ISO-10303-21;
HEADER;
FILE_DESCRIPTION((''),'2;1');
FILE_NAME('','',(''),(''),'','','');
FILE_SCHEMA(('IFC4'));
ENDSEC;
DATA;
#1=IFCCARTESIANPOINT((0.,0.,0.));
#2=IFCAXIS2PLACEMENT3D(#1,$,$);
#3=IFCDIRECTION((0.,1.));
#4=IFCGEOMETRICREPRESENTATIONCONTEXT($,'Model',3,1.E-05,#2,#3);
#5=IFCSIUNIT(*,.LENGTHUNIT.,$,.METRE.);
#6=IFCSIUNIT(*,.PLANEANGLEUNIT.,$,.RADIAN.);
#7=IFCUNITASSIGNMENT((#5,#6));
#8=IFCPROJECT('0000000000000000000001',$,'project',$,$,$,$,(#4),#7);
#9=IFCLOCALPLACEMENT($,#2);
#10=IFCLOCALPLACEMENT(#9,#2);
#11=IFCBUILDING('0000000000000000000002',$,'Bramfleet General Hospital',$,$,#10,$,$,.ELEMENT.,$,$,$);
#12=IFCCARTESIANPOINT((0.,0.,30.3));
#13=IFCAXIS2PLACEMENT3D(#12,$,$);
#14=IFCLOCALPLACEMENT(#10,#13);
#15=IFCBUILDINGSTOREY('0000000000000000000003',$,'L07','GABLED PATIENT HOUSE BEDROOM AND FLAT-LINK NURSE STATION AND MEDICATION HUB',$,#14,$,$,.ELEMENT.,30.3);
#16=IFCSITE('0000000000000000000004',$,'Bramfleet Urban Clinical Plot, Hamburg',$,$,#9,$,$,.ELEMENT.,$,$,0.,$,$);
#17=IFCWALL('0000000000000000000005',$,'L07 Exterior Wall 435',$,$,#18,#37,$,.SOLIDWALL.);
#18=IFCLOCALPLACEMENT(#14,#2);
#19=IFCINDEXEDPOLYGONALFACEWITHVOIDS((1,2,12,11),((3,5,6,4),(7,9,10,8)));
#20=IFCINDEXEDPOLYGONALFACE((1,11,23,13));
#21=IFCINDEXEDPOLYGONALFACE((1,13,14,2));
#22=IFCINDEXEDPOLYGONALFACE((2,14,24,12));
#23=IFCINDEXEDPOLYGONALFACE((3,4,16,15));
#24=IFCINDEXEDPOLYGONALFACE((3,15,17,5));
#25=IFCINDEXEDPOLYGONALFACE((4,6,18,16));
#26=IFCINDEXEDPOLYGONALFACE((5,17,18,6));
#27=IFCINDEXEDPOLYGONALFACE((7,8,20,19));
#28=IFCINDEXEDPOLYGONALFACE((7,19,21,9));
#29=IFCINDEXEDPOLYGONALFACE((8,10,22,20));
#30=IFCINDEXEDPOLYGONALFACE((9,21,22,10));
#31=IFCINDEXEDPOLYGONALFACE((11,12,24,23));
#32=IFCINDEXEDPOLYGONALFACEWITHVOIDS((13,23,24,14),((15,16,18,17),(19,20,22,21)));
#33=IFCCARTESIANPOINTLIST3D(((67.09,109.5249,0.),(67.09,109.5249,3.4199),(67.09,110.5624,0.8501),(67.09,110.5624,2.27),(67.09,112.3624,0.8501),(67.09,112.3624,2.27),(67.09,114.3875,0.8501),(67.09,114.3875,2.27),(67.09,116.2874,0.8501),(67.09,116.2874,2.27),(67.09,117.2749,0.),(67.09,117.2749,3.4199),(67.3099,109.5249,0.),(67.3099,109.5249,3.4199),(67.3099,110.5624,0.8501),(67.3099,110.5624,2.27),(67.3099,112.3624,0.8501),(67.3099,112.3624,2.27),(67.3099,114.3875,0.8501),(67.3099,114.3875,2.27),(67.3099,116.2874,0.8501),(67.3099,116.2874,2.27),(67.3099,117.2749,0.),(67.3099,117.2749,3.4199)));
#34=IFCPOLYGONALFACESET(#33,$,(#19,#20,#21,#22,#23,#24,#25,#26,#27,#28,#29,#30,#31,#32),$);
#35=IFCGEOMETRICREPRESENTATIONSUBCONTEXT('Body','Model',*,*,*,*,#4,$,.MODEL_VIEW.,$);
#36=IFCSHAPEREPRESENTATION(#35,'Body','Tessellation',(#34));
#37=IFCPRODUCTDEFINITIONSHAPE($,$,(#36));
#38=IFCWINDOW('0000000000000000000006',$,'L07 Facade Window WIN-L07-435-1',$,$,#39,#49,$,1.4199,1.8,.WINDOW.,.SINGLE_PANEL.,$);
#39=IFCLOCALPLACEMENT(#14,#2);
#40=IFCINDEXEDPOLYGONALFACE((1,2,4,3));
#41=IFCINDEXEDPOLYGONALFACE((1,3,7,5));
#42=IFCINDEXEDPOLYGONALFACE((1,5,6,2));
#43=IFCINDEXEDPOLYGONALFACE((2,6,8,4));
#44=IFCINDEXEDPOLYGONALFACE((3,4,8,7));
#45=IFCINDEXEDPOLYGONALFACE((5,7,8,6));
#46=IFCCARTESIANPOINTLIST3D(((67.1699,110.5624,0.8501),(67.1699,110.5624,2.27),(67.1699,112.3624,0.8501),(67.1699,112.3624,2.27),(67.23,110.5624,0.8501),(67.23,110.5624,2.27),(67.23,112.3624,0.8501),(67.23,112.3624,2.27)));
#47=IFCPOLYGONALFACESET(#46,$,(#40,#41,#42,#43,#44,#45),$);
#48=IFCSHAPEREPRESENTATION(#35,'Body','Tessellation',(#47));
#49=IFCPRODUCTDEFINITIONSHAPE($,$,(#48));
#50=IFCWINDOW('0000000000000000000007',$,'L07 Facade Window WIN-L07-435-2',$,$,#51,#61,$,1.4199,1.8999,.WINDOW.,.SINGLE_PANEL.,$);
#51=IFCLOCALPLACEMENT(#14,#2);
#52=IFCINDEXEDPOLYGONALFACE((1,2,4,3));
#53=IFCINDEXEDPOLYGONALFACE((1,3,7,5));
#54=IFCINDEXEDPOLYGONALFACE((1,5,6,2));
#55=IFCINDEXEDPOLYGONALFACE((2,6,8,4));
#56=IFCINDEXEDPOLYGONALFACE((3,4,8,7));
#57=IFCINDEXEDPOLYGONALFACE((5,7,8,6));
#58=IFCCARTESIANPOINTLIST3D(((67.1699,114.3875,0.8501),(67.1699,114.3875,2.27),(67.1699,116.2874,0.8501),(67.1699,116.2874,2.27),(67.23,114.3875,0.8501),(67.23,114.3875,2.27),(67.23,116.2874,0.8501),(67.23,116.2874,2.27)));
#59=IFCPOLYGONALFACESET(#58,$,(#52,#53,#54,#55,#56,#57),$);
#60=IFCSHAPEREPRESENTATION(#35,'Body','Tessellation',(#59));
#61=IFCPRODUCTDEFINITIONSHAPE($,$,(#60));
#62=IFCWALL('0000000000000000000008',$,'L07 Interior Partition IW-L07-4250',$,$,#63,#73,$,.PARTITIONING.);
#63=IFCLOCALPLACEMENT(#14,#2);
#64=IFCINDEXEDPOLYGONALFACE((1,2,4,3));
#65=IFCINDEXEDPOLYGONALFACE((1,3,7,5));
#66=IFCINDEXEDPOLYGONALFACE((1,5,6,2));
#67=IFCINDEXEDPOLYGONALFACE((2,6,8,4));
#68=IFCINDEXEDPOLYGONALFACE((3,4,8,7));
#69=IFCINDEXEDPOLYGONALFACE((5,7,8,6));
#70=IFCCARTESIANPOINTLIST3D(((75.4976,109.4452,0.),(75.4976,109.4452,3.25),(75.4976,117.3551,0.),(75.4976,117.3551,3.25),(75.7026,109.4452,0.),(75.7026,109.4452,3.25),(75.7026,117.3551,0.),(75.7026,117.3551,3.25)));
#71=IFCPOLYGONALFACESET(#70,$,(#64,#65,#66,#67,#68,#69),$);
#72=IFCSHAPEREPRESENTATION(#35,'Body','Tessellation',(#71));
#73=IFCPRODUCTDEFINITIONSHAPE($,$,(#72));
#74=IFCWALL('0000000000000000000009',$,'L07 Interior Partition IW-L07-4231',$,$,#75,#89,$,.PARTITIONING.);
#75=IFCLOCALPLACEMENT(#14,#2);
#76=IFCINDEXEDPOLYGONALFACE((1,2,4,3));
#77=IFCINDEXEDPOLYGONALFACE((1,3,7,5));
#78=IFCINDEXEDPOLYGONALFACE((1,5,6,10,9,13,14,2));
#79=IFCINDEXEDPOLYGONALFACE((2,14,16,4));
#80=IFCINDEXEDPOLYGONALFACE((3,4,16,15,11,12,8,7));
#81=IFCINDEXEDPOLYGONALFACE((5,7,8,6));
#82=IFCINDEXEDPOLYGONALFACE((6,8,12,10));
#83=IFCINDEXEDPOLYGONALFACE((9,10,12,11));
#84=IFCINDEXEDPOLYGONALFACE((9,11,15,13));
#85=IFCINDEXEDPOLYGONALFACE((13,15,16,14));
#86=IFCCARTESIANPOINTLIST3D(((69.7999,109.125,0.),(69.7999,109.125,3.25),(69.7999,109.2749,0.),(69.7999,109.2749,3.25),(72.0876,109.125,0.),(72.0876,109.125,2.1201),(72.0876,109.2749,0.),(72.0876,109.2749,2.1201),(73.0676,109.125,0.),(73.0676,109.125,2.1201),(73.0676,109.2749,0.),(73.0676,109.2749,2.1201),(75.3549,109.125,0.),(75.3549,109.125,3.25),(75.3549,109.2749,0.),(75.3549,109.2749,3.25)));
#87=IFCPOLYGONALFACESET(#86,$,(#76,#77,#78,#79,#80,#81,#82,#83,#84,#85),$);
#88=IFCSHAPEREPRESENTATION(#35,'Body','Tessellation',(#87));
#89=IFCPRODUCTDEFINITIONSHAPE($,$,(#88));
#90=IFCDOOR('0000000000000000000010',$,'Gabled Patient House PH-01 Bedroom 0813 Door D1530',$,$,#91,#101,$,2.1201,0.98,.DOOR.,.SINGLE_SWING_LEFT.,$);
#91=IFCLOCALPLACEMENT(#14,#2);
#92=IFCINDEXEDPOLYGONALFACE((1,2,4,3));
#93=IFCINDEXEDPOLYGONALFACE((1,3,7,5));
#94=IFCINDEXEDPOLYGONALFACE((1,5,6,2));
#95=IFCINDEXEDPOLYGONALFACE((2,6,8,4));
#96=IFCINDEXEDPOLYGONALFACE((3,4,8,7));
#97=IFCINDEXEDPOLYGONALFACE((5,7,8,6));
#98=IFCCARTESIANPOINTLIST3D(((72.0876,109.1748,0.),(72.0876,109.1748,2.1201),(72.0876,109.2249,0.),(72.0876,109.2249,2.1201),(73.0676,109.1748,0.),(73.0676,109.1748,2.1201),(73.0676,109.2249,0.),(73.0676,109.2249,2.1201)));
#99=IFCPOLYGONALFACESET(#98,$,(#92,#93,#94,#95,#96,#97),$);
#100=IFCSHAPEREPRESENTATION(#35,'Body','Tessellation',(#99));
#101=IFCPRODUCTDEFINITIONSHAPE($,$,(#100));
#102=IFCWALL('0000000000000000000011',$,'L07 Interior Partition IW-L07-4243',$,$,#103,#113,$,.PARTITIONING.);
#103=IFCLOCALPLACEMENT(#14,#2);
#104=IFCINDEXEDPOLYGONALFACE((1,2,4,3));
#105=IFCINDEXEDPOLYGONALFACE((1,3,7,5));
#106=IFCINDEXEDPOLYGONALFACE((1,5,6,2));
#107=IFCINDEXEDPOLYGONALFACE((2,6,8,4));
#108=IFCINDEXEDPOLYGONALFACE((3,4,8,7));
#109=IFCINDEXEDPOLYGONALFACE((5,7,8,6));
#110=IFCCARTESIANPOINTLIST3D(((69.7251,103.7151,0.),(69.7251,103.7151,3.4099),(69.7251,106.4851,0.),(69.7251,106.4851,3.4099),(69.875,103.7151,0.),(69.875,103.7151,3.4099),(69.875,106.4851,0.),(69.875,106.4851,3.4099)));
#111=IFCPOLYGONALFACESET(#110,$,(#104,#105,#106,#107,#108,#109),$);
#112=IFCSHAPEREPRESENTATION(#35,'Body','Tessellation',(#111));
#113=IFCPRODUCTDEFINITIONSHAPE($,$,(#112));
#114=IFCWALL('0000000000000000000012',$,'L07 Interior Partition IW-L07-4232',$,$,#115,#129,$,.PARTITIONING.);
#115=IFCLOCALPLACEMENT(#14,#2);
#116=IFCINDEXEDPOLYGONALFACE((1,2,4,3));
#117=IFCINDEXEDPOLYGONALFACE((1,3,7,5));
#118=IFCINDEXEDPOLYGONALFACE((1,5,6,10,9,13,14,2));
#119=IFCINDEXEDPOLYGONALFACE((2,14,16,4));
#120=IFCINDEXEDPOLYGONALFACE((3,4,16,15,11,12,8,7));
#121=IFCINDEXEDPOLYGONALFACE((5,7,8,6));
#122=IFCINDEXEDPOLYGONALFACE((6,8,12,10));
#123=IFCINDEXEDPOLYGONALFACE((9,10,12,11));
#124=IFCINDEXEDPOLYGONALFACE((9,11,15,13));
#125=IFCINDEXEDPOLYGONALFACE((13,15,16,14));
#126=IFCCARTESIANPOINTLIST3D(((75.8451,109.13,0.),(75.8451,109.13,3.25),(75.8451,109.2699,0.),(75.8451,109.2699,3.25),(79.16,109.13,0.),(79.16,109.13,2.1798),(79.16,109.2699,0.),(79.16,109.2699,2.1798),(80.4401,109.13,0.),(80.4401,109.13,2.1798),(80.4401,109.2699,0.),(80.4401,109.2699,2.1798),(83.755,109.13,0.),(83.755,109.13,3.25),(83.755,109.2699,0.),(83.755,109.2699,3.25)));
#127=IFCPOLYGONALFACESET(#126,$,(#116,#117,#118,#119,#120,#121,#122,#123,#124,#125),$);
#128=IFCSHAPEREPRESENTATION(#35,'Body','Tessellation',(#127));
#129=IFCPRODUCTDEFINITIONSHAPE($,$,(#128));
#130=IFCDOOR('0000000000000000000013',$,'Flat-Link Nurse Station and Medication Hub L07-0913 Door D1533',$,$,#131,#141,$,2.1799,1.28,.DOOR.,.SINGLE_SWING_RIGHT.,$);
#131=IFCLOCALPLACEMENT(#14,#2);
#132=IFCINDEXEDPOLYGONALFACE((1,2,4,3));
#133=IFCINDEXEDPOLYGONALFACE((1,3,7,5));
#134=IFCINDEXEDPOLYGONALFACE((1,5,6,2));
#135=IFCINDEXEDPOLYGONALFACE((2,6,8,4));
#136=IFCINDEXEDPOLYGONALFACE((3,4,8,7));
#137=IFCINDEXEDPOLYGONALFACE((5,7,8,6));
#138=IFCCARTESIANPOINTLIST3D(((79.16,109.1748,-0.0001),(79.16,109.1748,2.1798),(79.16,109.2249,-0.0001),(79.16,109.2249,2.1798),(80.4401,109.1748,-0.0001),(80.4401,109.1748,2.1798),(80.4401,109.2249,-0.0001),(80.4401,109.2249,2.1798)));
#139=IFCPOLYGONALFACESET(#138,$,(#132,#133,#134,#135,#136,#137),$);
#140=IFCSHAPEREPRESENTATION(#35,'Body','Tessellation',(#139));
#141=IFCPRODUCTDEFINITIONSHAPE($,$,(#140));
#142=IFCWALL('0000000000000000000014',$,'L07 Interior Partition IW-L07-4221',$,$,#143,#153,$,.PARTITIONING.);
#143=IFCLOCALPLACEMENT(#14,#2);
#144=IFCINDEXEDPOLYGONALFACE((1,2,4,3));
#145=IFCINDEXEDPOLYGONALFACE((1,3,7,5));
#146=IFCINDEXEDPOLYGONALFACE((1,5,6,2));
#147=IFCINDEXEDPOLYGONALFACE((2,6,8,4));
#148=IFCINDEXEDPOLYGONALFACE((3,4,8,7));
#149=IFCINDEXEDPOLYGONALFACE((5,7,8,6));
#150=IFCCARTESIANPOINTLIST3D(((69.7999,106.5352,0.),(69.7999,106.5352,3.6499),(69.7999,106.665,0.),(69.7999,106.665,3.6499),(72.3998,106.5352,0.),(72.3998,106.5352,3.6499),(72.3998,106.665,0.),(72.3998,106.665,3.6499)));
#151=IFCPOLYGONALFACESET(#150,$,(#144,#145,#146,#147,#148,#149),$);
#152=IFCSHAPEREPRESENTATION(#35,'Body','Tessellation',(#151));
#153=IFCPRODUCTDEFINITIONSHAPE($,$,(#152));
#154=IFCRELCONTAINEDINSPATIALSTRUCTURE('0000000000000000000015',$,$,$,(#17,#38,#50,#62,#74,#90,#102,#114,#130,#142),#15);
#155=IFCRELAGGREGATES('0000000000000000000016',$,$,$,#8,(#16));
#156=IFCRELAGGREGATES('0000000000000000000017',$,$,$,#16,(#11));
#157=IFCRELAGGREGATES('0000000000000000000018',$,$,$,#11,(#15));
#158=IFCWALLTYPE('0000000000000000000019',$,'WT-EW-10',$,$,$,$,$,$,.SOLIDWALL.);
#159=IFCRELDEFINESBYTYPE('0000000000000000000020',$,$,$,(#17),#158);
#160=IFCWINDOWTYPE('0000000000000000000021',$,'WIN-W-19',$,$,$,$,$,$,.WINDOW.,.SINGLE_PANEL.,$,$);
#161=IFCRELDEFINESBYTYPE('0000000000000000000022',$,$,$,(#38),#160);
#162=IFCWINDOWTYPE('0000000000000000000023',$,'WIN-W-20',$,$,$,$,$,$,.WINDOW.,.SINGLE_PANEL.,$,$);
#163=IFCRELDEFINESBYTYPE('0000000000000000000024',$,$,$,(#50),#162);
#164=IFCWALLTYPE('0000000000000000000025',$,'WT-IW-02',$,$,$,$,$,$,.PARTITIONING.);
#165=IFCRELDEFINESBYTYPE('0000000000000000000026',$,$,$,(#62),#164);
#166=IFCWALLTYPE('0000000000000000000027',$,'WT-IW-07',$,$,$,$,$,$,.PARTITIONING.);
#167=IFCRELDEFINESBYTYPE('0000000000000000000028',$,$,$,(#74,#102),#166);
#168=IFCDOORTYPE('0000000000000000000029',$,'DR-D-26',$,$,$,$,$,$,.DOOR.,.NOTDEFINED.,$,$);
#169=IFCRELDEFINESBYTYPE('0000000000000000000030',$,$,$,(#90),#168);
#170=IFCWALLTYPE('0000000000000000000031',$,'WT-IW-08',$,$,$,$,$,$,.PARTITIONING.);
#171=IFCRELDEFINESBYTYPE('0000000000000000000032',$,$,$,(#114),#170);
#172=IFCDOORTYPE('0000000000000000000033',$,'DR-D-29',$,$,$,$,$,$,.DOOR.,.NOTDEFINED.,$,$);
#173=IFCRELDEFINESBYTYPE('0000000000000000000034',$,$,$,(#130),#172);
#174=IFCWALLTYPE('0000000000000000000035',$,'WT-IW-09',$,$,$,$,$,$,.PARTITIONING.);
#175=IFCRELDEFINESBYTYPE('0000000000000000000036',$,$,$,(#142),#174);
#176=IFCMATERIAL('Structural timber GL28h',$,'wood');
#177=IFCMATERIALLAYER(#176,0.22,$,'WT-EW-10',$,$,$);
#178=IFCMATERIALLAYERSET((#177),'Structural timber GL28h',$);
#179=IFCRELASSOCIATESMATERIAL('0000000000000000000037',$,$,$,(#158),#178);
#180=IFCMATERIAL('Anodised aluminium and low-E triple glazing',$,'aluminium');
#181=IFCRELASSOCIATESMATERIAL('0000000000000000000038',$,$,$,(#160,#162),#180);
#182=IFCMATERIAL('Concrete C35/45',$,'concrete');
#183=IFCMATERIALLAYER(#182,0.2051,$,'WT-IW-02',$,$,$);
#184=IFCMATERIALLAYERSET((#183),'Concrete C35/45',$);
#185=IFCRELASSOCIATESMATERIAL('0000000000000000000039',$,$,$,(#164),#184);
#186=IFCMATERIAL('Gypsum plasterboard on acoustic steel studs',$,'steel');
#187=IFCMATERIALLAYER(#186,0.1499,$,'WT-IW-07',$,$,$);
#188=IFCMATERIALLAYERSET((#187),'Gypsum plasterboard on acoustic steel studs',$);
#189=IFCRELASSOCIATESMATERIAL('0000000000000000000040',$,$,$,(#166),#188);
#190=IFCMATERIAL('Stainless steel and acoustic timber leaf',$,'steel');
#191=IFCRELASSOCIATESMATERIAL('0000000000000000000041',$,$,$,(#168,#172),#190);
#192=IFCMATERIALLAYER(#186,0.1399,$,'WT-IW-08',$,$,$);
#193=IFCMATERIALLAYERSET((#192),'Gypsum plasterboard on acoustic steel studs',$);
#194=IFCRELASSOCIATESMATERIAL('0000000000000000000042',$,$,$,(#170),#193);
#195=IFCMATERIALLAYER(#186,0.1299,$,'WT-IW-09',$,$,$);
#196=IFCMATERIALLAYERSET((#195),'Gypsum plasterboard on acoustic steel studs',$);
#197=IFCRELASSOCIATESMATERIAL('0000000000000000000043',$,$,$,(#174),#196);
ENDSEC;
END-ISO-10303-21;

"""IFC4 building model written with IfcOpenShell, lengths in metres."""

from ifc_helpers import new_model, si_unit, direction, frame, frame_2d, origin, place, context, subcontext, project, spatial, rectangle, extrude, material, layer, layer_set, type_object, element, fill, save


model = new_model("IFC4")

# Units and contexts
model_context = context("Model", 3, precision=1e-05, world=origin(), true_north=direction((0.0, 1.0)))
body_context = subcontext(model_context, "Body", "Model", "MODEL_VIEW")
ifc_project = project(units=[si_unit("LENGTHUNIT", "METRE"), si_unit("PLANEANGLEUNIT", "RADIAN")], contexts=[model_context])

# Site, building, storey
site_placement = place(None, origin())
site = spatial("IfcSite", under=ifc_project, at=site_placement, Name="Bramfleet Urban Clinical Plot, Hamburg", CompositionType="ELEMENT", RefElevation=0.0)
building_placement = place(site_placement, origin())
building = spatial("IfcBuilding", under=site, at=building_placement, Name="Bramfleet General Hospital", CompositionType="ELEMENT")
storey_placement = place(building_placement, frame((0.0, 0.0, 30.3)))
storey = spatial("IfcBuildingStorey", under=building, at=storey_placement, Name="L07", Description="GABLED PATIENT HOUSE BEDROOM AND FLAT-LINK NURSE STATION AND MEDICATION HUB", CompositionType="ELEMENT", Elevation=30.3)

# Wall, openings, windows
ifc_material_1 = material(Name="Structural timber GL28h", Category="wood")
ifc_layer_1 = layer(ifc_material_1, 0.22, Name="WT-EW-10")
ifc_layer_set_1 = layer_set([ifc_layer_1], Name="Structural timber GL28h")
wall_type_1 = type_object("IfcWallType", Name="WT-EW-10", PredefinedType="SOLIDWALL", material=ifc_layer_set_1)
wall_1_placement = place(storey_placement, frame((67.2, 109.5249, 0.0), z_axis=(0.0, 0.0, 1.0), x_axis=(0.0, 1.0, 0.0)))
wall_1 = element("IfcWall", 1, at=wall_1_placement, inside=storey, type_object=wall_type_1, Name="L07 Exterior Wall 435", PredefinedType="SOLIDWALL", context=body_context, shape_type="SweptSolid", body=[
    extrude(rectangle(XDim=7.75, YDim=0.22, at=frame_2d((3.875, 0.0))), origin(), (0.0, 0.0, 1.0), 3.4199),
])
opening_1_placement = place(wall_1_placement, frame((1.0376, 0.0, 0.8501)))
opening_1 = element("IfcOpeningElement", 2, at=opening_1_placement, cuts=wall_1, PredefinedType="OPENING", context=body_context, shape_type="SweptSolid", body=[
    extrude(rectangle(XDim=1.8, YDim=1.4199, at=frame_2d((0.8999, 0.71))), frame((0.0, 0.1199, 0.0), z_axis=(0.0, -1.0, 0.0), x_axis=(1.0, 0.0, 0.0)), (0.0, 0.0, 1.0), 0.24),
])
opening_2_placement = place(wall_1_placement, frame((4.8625, 0.0, 0.8501)))
opening_2 = element("IfcOpeningElement", 3, at=opening_2_placement, cuts=wall_1, PredefinedType="OPENING", context=body_context, shape_type="SweptSolid", body=[
    extrude(rectangle(XDim=1.8999, YDim=1.4199, at=frame_2d((0.95, 0.71))), frame((0.0, 0.1199, 0.0), z_axis=(0.0, -1.0, 0.0), x_axis=(1.0, 0.0, 0.0)), (0.0, 0.0, 1.0), 0.24),
])
ifc_material_2 = material(Name="Anodised aluminium and low-E triple glazing", Category="aluminium")
window_type_1 = type_object("IfcWindowType", Name="WIN-W-19", PartitioningType="SINGLE_PANEL", PredefinedType="WINDOW", material=ifc_material_2)
window_1_placement = place(opening_1_placement, origin())
window_1 = element("IfcWindow", 4, at=window_1_placement, inside=storey, type_object=window_type_1, Name="L07 Facade Window WIN-L07-435-1", OverallHeight=1.4199, OverallWidth=1.8, PartitioningType="SINGLE_PANEL", PredefinedType="WINDOW", context=body_context, shape_type="SweptSolid", body=[
    extrude(rectangle(XDim=1.8, YDim=1.4199, at=frame_2d((0.8999, 0.71))), frame((0.0, 0.03, 0.0), z_axis=(0.0, -1.0, 0.0), x_axis=(1.0, 0.0, 0.0)), (0.0, 0.0, 1.0), 0.0601),
])
fill(opening_1, window_1)
window_type_2 = type_object("IfcWindowType", Name="WIN-W-20", PartitioningType="SINGLE_PANEL", PredefinedType="WINDOW", material=ifc_material_2)
window_2_placement = place(opening_2_placement, origin())
window_2 = element("IfcWindow", 5, at=window_2_placement, inside=storey, type_object=window_type_2, Name="L07 Facade Window WIN-L07-435-2", OverallHeight=1.4199, OverallWidth=1.8999, PartitioningType="SINGLE_PANEL", PredefinedType="WINDOW", context=body_context, shape_type="SweptSolid", body=[
    extrude(rectangle(XDim=1.8999, YDim=1.4199, at=frame_2d((0.95, 0.71))), frame((0.0, 0.03, 0.0), z_axis=(0.0, -1.0, 0.0), x_axis=(1.0, 0.0, 0.0)), (0.0, 0.0, 1.0), 0.0601),
])
fill(opening_2, window_2)

# Wall
ifc_material_3 = material(Name="Concrete C35/45", Category="concrete")
ifc_layer_2 = layer(ifc_material_3, 0.2051, Name="WT-IW-02")
ifc_layer_set_2 = layer_set([ifc_layer_2], Name="Concrete C35/45")
wall_type_2 = type_object("IfcWallType", Name="WT-IW-02", PredefinedType="PARTITIONING", material=ifc_layer_set_2)
wall_2_placement = place(storey_placement, frame((75.6001, 109.4451, 0.0), z_axis=(0.0, 0.0, 1.0), x_axis=(0.0, 1.0, 0.0)))
element("IfcWall", 6, at=wall_2_placement, inside=storey, type_object=wall_type_2, Name="L07 Interior Partition IW-L07-4250", PredefinedType="PARTITIONING", context=body_context, shape_type="SweptSolid", body=[
    extrude(rectangle(XDim=7.9099, YDim=0.2051, at=frame_2d((3.9551, 0.0))), origin(), (0.0, 0.0, 1.0), 3.25),
])

# Wall, opening, door
ifc_material_4 = material(Name="Gypsum plasterboard on acoustic steel studs", Category="steel")
ifc_layer_3 = layer(ifc_material_4, 0.1499, Name="WT-IW-07")
ifc_layer_set_3 = layer_set([ifc_layer_3], Name="Gypsum plasterboard on acoustic steel studs")
wall_type_3 = type_object("IfcWallType", Name="WT-IW-07", PredefinedType="PARTITIONING", material=ifc_layer_set_3)
wall_3_placement = place(storey_placement, frame((69.8, 109.2, 0.0), z_axis=(0.0, 0.0, 1.0), x_axis=(1.0, 0.0, 0.0)))
wall_3 = element("IfcWall", 7, at=wall_3_placement, inside=storey, type_object=wall_type_3, Name="L07 Interior Partition IW-L07-4231", PredefinedType="PARTITIONING", context=body_context, shape_type="SweptSolid", body=[
    extrude(rectangle(XDim=5.5549, YDim=0.1499, at=frame_2d((2.7773, 0.0))), origin(), (0.0, 0.0, 1.0), 3.25),
])
opening_3_placement = place(wall_3_placement, frame((2.2876, 0.0, 0.0)))
opening_3 = element("IfcOpeningElement", 8, at=opening_3_placement, cuts=wall_3, PredefinedType="OPENING", context=body_context, shape_type="SweptSolid", body=[
    extrude(rectangle(XDim=0.98, YDim=2.1201, at=frame_2d((0.49, 1.0601))), frame((0.0, 0.085, 0.0), z_axis=(0.0, -1.0, 0.0), x_axis=(1.0, 0.0, 0.0)), (0.0, 0.0, 1.0), 0.1699),
])
ifc_material_5 = material(Name="Stainless steel and acoustic timber leaf", Category="steel")
door_type_1 = type_object("IfcDoorType", Name="DR-D-26", OperationType="NOTDEFINED", PredefinedType="DOOR", material=ifc_material_5)
door_1_placement = place(opening_3_placement, origin())
door_1 = element("IfcDoor", 9, at=door_1_placement, inside=storey, type_object=door_type_1, Name="Gabled Patient House PH-01 Bedroom 0813 Door D1530", OperationType="SINGLE_SWING_LEFT", OverallHeight=2.1201, OverallWidth=0.98, PredefinedType="DOOR", context=body_context, shape_type="SweptSolid", body=[
    extrude(rectangle(XDim=0.98, YDim=2.1201, at=frame_2d((0.49, 1.0601))), frame((0.0, 0.0249, 0.0), z_axis=(0.0, -1.0, 0.0), x_axis=(1.0, 0.0, 0.0)), (0.0, 0.0, 1.0), 0.05),
])
fill(opening_3, door_1)

# Wall
wall_4_placement = place(storey_placement, frame((69.8, 103.7151, 0.0), z_axis=(0.0, 0.0, 1.0), x_axis=(0.0, 1.0, 0.0)))
element("IfcWall", 10, at=wall_4_placement, inside=storey, type_object=wall_type_3, Name="L07 Interior Partition IW-L07-4243", PredefinedType="PARTITIONING", context=body_context, shape_type="SweptSolid", body=[
    extrude(rectangle(XDim=2.77, YDim=0.1499, at=frame_2d((1.385, 0.0))), origin(), (0.0, 0.0, 1.0), 3.4099),
])

# Wall, opening, door
ifc_layer_4 = layer(ifc_material_4, 0.1399, Name="WT-IW-08")
ifc_layer_set_4 = layer_set([ifc_layer_4], Name="Gypsum plasterboard on acoustic steel studs")
wall_type_4 = type_object("IfcWallType", Name="WT-IW-08", PredefinedType="PARTITIONING", material=ifc_layer_set_4)
wall_5_placement = place(storey_placement, frame((75.845, 109.2, 0.0), z_axis=(0.0, 0.0, 1.0), x_axis=(1.0, 0.0, 0.0)))
wall_5 = element("IfcWall", 11, at=wall_5_placement, inside=storey, type_object=wall_type_4, Name="L07 Interior Partition IW-L07-4232", PredefinedType="PARTITIONING", context=body_context, shape_type="SweptSolid", body=[
    extrude(rectangle(XDim=7.9099, YDim=0.1399, at=frame_2d((3.9551, 0.0))), origin(), (0.0, 0.0, 1.0), 3.25),
])
opening_4_placement = place(wall_5_placement, frame((3.3149, 0.0, 0.0)))
opening_4 = element("IfcOpeningElement", 12, at=opening_4_placement, cuts=wall_5, PredefinedType="OPENING", context=body_context, shape_type="SweptSolid", body=[
    extrude(rectangle(XDim=1.28, YDim=2.1799, at=frame_2d((0.6401, 1.0898))), frame((0.0, 0.0798, 0.0), z_axis=(0.0, -1.0, 0.0), x_axis=(1.0, 0.0, 0.0)), (0.0, 0.0, 1.0), 0.1599),
])
door_type_2 = type_object("IfcDoorType", Name="DR-D-29", OperationType="NOTDEFINED", PredefinedType="DOOR", material=ifc_material_5)
door_2_placement = place(opening_4_placement, origin())
door_2 = element("IfcDoor", 13, at=door_2_placement, inside=storey, type_object=door_type_2, Name="Flat-Link Nurse Station and Medication Hub L07-0913 Door D1533", OperationType="SINGLE_SWING_RIGHT", OverallHeight=2.1799, OverallWidth=1.28, PredefinedType="DOOR", context=body_context, shape_type="SweptSolid", body=[
    extrude(rectangle(XDim=1.28, YDim=2.1799, at=frame_2d((0.6401, 1.0898))), frame((0.0, 0.0249, 0.0), z_axis=(0.0, -1.0, 0.0), x_axis=(1.0, 0.0, 0.0)), (0.0, 0.0, 1.0), 0.05),
])
fill(opening_4, door_2)

# Wall
ifc_layer_5 = layer(ifc_material_4, 0.1299, Name="WT-IW-09")
ifc_layer_set_5 = layer_set([ifc_layer_5], Name="Gypsum plasterboard on acoustic steel studs")
wall_type_5 = type_object("IfcWallType", Name="WT-IW-09", PredefinedType="PARTITIONING", material=ifc_layer_set_5)
wall_6_placement = place(storey_placement, frame((69.8, 106.6001, 0.0), z_axis=(0.0, 0.0, 1.0), x_axis=(1.0, 0.0, 0.0)))
element("IfcWall", 14, at=wall_6_placement, inside=storey, type_object=wall_type_5, Name="L07 Interior Partition IW-L07-4221", PredefinedType="PARTITIONING", context=body_context, shape_type="SweptSolid", body=[
    extrude(rectangle(XDim=2.5999, YDim=0.1299, at=frame_2d((1.2998, 0.0))), origin(), (0.0, 0.0, 1.0), 3.6499),
])

save(model, "model.ifc")
